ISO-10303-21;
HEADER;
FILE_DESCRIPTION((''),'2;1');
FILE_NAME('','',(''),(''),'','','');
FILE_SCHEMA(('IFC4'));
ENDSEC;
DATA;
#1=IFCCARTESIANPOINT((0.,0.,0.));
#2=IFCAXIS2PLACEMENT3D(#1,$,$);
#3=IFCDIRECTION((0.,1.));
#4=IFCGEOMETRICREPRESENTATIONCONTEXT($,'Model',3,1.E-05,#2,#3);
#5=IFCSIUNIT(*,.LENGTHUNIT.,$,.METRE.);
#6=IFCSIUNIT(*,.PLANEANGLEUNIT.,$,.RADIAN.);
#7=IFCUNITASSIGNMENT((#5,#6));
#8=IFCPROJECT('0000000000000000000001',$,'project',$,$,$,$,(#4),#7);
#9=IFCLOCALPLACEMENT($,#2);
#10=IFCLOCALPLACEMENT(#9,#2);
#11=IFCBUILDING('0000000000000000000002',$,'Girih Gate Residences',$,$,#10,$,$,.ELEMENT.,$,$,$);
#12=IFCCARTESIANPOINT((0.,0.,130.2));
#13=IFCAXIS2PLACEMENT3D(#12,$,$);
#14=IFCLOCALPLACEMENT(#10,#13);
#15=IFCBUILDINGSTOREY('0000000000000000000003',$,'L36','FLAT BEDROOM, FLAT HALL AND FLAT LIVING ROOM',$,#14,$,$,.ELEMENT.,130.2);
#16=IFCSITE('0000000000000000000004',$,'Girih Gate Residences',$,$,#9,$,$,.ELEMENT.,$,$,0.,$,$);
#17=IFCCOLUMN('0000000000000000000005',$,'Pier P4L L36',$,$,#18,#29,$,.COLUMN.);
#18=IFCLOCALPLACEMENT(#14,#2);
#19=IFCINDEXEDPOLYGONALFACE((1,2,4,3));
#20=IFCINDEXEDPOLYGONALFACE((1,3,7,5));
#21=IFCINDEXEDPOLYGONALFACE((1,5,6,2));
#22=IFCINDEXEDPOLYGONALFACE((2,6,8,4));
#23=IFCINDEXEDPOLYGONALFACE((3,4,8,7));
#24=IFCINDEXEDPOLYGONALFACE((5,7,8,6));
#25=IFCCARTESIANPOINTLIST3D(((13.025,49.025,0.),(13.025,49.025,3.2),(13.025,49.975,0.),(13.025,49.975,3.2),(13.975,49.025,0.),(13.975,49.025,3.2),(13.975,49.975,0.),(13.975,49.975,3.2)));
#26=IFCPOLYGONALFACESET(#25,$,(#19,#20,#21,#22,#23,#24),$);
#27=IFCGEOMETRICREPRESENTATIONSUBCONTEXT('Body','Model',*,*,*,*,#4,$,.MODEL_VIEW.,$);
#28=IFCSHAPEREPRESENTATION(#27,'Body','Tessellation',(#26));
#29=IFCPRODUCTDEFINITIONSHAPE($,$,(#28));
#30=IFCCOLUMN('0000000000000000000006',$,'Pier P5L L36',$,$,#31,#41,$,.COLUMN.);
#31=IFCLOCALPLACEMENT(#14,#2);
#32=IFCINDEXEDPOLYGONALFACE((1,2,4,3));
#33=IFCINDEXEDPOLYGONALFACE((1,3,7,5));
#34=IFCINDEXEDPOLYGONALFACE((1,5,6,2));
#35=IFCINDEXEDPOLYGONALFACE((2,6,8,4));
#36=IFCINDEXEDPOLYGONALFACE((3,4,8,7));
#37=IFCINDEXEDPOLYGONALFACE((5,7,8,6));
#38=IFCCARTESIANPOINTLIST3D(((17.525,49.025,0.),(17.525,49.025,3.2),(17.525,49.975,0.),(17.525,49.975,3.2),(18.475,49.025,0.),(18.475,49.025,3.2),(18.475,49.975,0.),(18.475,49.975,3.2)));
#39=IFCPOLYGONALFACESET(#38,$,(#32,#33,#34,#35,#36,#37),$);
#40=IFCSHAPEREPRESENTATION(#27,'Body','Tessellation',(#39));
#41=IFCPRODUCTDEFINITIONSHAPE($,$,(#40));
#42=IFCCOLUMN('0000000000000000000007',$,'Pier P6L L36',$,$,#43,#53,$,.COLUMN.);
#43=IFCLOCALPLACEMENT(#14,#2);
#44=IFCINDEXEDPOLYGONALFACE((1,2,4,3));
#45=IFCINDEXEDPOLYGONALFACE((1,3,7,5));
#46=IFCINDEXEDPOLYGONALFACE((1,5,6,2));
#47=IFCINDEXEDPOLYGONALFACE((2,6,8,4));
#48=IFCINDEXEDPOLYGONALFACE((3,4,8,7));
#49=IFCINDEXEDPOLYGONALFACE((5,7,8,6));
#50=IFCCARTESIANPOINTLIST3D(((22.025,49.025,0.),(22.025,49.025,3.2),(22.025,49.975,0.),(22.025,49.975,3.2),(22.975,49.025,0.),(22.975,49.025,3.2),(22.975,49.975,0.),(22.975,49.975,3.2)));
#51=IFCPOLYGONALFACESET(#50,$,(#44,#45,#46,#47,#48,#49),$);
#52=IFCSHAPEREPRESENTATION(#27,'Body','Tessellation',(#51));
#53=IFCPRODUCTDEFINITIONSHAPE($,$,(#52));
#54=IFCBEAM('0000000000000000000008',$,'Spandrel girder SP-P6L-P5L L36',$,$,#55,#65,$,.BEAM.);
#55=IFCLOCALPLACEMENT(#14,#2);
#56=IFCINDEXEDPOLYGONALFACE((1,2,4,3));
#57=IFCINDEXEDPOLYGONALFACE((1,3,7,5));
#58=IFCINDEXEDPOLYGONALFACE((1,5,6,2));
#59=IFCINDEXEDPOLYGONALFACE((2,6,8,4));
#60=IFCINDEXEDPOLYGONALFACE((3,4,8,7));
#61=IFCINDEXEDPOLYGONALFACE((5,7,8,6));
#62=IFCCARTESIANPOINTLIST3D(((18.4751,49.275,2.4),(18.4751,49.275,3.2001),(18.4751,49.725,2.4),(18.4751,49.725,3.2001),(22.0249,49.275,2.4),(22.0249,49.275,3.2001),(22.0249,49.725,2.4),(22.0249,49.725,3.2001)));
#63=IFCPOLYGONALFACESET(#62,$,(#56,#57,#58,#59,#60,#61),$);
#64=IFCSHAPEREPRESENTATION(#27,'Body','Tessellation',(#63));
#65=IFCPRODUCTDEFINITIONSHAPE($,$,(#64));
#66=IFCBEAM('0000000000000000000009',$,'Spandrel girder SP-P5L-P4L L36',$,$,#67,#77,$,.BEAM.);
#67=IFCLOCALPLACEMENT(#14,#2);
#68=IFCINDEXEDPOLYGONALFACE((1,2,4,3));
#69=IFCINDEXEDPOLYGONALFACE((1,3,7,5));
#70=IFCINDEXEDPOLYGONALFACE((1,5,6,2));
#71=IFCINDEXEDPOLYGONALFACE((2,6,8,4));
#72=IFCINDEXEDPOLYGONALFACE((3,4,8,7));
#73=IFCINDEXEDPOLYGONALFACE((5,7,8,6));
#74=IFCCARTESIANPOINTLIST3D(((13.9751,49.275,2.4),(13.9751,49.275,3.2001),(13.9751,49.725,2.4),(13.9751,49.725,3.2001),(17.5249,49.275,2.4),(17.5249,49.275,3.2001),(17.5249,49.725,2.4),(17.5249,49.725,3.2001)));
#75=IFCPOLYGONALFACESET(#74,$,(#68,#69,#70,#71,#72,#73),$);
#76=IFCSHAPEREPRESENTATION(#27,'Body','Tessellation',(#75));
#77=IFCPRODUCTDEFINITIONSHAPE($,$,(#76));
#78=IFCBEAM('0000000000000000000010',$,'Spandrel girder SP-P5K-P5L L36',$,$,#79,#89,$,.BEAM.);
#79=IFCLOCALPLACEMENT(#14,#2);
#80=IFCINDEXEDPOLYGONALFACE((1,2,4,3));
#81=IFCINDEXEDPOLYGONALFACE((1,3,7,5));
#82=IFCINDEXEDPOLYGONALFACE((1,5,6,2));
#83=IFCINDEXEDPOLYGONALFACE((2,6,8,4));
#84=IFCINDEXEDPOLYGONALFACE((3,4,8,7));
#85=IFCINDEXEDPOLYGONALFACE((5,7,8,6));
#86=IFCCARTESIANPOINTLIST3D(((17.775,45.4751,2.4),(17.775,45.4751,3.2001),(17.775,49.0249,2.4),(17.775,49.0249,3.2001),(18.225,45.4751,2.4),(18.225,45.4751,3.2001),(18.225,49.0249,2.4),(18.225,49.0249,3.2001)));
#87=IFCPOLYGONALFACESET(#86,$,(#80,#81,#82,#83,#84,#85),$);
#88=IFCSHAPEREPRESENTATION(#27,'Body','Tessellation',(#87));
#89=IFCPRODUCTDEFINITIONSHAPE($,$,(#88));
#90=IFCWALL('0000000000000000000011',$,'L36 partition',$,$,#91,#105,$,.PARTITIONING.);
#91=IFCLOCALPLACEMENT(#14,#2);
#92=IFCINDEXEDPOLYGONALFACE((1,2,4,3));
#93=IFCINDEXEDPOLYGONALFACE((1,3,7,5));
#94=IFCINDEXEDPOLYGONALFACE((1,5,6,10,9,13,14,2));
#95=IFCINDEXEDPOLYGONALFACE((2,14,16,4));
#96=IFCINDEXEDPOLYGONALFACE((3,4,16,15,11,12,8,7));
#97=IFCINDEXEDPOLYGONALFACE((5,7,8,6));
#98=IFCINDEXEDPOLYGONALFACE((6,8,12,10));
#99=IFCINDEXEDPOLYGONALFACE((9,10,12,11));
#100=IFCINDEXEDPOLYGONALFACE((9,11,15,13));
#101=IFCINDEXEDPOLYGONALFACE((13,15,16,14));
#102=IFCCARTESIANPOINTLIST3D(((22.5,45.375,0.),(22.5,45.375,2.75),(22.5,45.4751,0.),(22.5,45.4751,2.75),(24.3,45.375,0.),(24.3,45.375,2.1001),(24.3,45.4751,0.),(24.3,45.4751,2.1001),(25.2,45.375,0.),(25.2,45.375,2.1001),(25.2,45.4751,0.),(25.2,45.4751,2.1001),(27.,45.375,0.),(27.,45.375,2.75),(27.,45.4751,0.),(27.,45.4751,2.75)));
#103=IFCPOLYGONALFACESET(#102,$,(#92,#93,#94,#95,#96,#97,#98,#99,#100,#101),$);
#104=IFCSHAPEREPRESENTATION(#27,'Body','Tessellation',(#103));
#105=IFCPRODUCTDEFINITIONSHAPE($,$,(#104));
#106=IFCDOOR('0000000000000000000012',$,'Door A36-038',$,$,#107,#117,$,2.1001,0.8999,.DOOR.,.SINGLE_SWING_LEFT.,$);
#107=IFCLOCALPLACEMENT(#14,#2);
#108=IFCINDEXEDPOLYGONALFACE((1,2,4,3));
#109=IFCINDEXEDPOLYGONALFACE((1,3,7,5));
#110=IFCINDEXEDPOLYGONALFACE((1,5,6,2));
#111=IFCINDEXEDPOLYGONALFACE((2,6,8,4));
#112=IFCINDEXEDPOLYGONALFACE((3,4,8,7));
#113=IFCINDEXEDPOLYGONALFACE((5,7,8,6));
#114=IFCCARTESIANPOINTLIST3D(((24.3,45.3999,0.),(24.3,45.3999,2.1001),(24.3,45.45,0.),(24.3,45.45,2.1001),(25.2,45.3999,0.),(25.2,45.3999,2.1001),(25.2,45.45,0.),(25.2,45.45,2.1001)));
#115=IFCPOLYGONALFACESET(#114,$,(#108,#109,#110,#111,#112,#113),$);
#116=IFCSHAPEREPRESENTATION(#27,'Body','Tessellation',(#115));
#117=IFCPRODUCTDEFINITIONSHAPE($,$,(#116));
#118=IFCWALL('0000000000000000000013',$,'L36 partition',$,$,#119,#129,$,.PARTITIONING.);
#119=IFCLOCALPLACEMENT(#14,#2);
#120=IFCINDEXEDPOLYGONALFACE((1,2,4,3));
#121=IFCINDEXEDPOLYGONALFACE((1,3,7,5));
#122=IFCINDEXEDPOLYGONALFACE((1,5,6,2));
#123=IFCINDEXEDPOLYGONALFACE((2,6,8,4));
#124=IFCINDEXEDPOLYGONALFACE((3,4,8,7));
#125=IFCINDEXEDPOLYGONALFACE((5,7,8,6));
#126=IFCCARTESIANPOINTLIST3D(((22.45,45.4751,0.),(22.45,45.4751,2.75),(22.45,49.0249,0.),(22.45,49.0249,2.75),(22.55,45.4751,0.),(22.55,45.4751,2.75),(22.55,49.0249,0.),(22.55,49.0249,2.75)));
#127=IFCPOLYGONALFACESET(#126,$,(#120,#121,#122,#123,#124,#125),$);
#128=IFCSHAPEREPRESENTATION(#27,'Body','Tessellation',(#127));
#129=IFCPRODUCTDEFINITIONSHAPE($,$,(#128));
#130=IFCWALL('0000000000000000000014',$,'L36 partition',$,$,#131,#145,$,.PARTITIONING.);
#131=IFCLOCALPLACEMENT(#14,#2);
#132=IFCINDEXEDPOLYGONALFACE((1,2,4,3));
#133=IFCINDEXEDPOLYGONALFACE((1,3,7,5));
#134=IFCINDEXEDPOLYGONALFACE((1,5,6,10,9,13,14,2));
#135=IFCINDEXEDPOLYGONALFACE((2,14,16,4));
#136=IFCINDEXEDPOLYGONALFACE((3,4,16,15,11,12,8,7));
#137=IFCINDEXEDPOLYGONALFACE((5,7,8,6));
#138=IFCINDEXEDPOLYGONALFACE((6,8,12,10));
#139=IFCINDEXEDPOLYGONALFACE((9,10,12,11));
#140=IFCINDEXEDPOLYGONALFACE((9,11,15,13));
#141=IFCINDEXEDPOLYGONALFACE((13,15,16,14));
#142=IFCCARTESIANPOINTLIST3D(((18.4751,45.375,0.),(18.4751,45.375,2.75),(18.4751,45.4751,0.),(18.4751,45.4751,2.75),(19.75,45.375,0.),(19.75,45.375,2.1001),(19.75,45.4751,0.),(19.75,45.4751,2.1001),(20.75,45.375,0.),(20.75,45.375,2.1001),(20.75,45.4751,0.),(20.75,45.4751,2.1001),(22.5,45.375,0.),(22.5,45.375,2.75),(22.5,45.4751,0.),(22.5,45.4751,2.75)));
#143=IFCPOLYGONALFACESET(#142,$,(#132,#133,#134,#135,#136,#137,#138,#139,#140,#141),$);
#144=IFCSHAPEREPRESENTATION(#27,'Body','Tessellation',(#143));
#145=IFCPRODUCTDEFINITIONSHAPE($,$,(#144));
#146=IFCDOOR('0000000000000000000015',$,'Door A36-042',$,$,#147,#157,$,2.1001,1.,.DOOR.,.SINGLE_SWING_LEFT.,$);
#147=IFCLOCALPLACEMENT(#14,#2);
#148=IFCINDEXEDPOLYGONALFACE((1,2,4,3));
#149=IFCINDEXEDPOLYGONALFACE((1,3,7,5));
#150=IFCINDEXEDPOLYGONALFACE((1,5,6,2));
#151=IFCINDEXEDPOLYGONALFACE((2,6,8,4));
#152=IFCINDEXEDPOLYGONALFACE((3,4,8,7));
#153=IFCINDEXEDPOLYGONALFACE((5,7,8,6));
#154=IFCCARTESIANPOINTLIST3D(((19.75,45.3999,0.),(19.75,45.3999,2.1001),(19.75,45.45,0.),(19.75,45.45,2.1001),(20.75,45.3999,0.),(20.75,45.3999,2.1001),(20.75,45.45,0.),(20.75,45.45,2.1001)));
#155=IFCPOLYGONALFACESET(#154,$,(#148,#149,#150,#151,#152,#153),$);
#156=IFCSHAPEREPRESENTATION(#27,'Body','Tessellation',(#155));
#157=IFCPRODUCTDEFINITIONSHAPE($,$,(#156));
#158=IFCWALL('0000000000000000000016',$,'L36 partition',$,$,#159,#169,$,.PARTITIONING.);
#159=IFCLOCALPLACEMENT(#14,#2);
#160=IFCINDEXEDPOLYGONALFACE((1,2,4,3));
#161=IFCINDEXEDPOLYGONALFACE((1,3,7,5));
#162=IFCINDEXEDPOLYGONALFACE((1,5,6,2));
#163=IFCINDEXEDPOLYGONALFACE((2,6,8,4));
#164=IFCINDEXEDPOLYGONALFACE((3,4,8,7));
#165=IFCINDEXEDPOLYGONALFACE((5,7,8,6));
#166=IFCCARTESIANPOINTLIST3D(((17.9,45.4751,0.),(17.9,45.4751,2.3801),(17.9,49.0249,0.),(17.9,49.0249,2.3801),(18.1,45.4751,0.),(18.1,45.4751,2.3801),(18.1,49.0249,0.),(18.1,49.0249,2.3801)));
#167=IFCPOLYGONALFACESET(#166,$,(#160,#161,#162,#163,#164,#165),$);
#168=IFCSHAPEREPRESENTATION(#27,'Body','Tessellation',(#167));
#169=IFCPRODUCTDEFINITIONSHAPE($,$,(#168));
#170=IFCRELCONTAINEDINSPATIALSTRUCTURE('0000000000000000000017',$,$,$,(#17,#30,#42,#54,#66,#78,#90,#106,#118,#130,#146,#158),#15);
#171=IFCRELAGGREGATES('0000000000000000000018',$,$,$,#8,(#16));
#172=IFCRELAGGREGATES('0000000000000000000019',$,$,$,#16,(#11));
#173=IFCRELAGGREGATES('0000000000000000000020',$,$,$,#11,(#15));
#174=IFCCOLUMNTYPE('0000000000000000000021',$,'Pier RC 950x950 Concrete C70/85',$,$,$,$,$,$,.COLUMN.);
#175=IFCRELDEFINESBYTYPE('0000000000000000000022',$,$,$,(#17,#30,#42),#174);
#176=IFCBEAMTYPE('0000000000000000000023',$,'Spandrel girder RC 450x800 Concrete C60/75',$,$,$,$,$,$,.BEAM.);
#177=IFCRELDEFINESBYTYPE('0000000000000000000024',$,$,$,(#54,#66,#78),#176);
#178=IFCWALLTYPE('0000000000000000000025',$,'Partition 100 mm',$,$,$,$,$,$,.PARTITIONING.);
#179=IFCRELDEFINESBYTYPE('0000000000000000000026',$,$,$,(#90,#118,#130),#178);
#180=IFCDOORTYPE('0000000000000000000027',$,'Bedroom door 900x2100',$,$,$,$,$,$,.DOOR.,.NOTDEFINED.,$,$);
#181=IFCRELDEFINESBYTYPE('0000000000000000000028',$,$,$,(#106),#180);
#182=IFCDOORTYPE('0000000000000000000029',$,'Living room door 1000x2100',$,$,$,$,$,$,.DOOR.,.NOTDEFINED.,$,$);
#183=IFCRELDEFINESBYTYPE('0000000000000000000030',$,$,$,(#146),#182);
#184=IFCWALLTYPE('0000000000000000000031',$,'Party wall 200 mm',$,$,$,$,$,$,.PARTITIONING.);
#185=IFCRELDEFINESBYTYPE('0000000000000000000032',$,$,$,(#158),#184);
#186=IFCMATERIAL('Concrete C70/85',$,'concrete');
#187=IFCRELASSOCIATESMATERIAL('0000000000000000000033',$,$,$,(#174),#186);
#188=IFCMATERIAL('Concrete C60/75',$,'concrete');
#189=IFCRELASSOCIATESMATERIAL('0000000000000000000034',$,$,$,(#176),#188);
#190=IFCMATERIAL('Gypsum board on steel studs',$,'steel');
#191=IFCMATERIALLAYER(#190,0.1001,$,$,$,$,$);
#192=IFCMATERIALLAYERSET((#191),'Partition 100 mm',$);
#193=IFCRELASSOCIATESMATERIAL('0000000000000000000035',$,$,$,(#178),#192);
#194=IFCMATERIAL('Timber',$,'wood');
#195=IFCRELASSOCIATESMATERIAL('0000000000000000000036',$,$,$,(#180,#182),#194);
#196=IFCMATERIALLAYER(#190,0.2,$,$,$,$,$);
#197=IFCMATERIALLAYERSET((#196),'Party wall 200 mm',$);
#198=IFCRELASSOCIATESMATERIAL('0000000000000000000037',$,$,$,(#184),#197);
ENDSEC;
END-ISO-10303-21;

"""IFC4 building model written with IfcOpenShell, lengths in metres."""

from ifc_helpers import new_model, si_unit, direction, frame, frame_2d, origin, origin_2d, place, context, subcontext, project, spatial, rectangle, extrude, material, layer, layer_set, material_profile, profile_set, type_object, element, fill, save


model = new_model("IFC4")

# Units and contexts
model_context = context("Model", 3, precision=1e-05, world=origin(), true_north=direction((0.0, 1.0)))
body_context = subcontext(model_context, "Body", "Model", "MODEL_VIEW")
ifc_project = project(units=[si_unit("LENGTHUNIT", "METRE"), si_unit("PLANEANGLEUNIT", "RADIAN")], contexts=[model_context])

# Site, building, storey
site_placement = place(None, origin())
site = spatial("IfcSite", under=ifc_project, at=site_placement, Name="Girih Gate Residences", CompositionType="ELEMENT", RefElevation=0.0)
building_placement = place(site_placement, origin())
building = spatial("IfcBuilding", under=site, at=building_placement, Name="Girih Gate Residences", CompositionType="ELEMENT")
storey_placement = place(building_placement, frame((0.0, 0.0, 130.2)))
storey = spatial("IfcBuildingStorey", under=building, at=storey_placement, Name="L36", Description="FLAT BEDROOM, FLAT HALL AND FLAT LIVING ROOM", CompositionType="ELEMENT", Elevation=130.2)

# Columns
ifc_material_1 = material(Name="Concrete C70/85", Category="concrete")
ifc_material_profile_1 = material_profile(ifc_material_1, rectangle(XDim=0.95, YDim=0.95, at=origin_2d()))
ifc_profile_set_1 = profile_set([ifc_material_profile_1], Name="Concrete C70/85")
column_type = type_object("IfcColumnType", Name="Pier RC 950x950 Concrete C70/85", PredefinedType="COLUMN", material=ifc_profile_set_1)
for number, where, z_axis, x_axis, name in (
    (1, (13.5, 49.5, 0.0), (0.0, 0.0, 1.0), (1.0, 0.0, 0.0), "Pier P4L L36"),
    (2, (18.0, 49.5, 0.0), (0.0, 0.0, 1.0), (1.0, 0.0, 0.0), "Pier P5L L36"),
    (3, (22.5, 49.5, 0.0), (0.0, 0.0, 1.0), (1.0, 0.0, 0.0), "Pier P6L L36"),
):
    element("IfcColumn", number, at=place(storey_placement, frame(where, z_axis=z_axis, x_axis=x_axis)), inside=storey, type_object=column_type, Name=name, PredefinedType="COLUMN", context=body_context, shape_type="SweptSolid", body=[
        extrude(rectangle(XDim=0.95, YDim=0.95, at=origin_2d()), origin(), (0.0, 0.0, 1.0), 3.2),
    ])

# Beams
ifc_material_2 = material(Name="Concrete C60/75", Category="concrete")
ifc_material_profile_2 = material_profile(ifc_material_2, rectangle(XDim=0.45, YDim=0.8, at=origin_2d()))
ifc_profile_set_2 = profile_set([ifc_material_profile_2], Name="Concrete C60/75")
beam_type = type_object("IfcBeamType", Name="Spandrel girder RC 450x800 Concrete C60/75", PredefinedType="BEAM", material=ifc_profile_set_2)
for number, where, z_axis, x_axis, name in (
    (4, (22.0249, 49.5, 2.8), (-1.0, 0.0, 0.0), (0.0, -1.0, 0.0), "Spandrel girder SP-P6L-P5L L36"),
    (5, (17.5249, 49.5, 2.8), (-1.0, 0.0, 0.0), (0.0, -1.0, 0.0), "Spandrel girder SP-P5L-P4L L36"),
    (6, (18.0, 45.4751, 2.8), (0.0, 1.0, 0.0), (-1.0, 0.0, 0.0), "Spandrel girder SP-P5K-P5L L36"),
):
    element("IfcBeam", number, at=place(storey_placement, frame(where, z_axis=z_axis, x_axis=x_axis)), inside=storey, type_object=beam_type, Name=name, PredefinedType="BEAM", context=body_context, shape_type="SweptSolid", body=[
        extrude(rectangle(XDim=0.45, YDim=0.8, at=origin_2d()), origin(), (0.0, 0.0, 1.0), 3.5498),
    ])

# Wall, opening, door
ifc_material_3 = material(Name="Gypsum board on steel studs", Category="steel")
ifc_layer_1 = layer(ifc_material_3, 0.1001)
ifc_layer_set_1 = layer_set([ifc_layer_1], Name="Partition 100 mm")
wall_type_1 = type_object("IfcWallType", Name="Partition 100 mm", PredefinedType="PARTITIONING", material=ifc_layer_set_1)
wall_1_placement = place(storey_placement, frame((22.5, 45.425, 0.0), z_axis=(0.0, 0.0, 1.0), x_axis=(1.0, 0.0, 0.0)))
wall_1 = element("IfcWall", 7, at=wall_1_placement, inside=storey, type_object=wall_type_1, Name="L36 partition", PredefinedType="PARTITIONING", context=body_context, shape_type="SweptSolid", body=[
    extrude(rectangle(XDim=4.5, YDim=0.1001, at=frame_2d((2.25, 0.0))), origin(), (0.0, 0.0, 1.0), 2.75),
])
opening_1_placement = place(wall_1_placement, frame((1.8, 0.0, 0.0)))
opening_1 = element("IfcOpeningElement", 8, at=opening_1_placement, cuts=wall_1, PredefinedType="OPENING", context=body_context, shape_type="SweptSolid", body=[
    extrude(rectangle(XDim=0.8999, YDim=2.1001, at=frame_2d((0.45, 1.05))), frame((0.0, 0.0601, 0.0), z_axis=(0.0, -1.0, 0.0), x_axis=(1.0, 0.0, 0.0)), (0.0, 0.0, 1.0), 0.1201),
])
ifc_material_4 = material(Name="Timber", Category="wood")
door_type_1 = type_object("IfcDoorType", Name="Bedroom door 900x2100", OperationType="NOTDEFINED", PredefinedType="DOOR", material=ifc_material_4)
door_1_placement = place(opening_1_placement, origin())
door_1 = element("IfcDoor", 9, at=door_1_placement, inside=storey, type_object=door_type_1, Name="Door A36-038", OperationType="SINGLE_SWING_LEFT", OverallHeight=2.1001, OverallWidth=0.8999, PredefinedType="DOOR", context=body_context, shape_type="SweptSolid", body=[
    extrude(rectangle(XDim=0.8999, YDim=2.1001, at=frame_2d((0.45, 1.05))), frame((0.0, 0.0249, 0.0), z_axis=(0.0, -1.0, 0.0), x_axis=(1.0, 0.0, 0.0)), (0.0, 0.0, 1.0), 0.05),
])
fill(opening_1, door_1)

# Wall
wall_2_placement = place(storey_placement, frame((22.5, 45.4751, 0.0), z_axis=(0.0, 0.0, 1.0), x_axis=(0.0, 1.0, 0.0)))
element("IfcWall", 10, at=wall_2_placement, inside=storey, type_object=wall_type_1, Name="L36 partition", PredefinedType="PARTITIONING", context=body_context, shape_type="SweptSolid", body=[
    extrude(rectangle(XDim=3.5498, YDim=0.1001, at=frame_2d((1.7749, 0.0))), origin(), (0.0, 0.0, 1.0), 2.75),
])

# Wall, opening, door
wall_3_placement = place(storey_placement, frame((18.4751, 45.425, 0.0), z_axis=(0.0, 0.0, 1.0), x_axis=(1.0, 0.0, 0.0)))
wall_3 = element("IfcWall", 11, at=wall_3_placement, inside=storey, type_object=wall_type_1, Name="L36 partition", PredefinedType="PARTITIONING", context=body_context, shape_type="SweptSolid", body=[
    extrude(rectangle(XDim=4.0249, YDim=0.1001, at=frame_2d((2.0125, 0.0))), origin(), (0.0, 0.0, 1.0), 2.75),
])
opening_2_placement = place(wall_3_placement, frame((1.2749, 0.0, 0.0)))
opening_2 = element("IfcOpeningElement", 12, at=opening_2_placement, cuts=wall_3, PredefinedType="OPENING", context=body_context, shape_type="SweptSolid", body=[
    extrude(rectangle(XDim=1.0, YDim=2.1001, at=frame_2d((0.5, 1.05))), frame((0.0, 0.0601, 0.0), z_axis=(0.0, -1.0, 0.0), x_axis=(1.0, 0.0, 0.0)), (0.0, 0.0, 1.0), 0.1201),
])
door_type_2 = type_object("IfcDoorType", Name="Living room door 1000x2100", OperationType="NOTDEFINED", PredefinedType="DOOR", material=ifc_material_4)
door_2_placement = place(opening_2_placement, origin())
door_2 = element("IfcDoor", 13, at=door_2_placement, inside=storey, type_object=door_type_2, Name="Door A36-042", OperationType="SINGLE_SWING_LEFT", OverallHeight=2.1001, OverallWidth=1.0, PredefinedType="DOOR", context=body_context, shape_type="SweptSolid", body=[
    extrude(rectangle(XDim=1.0, YDim=2.1001, at=frame_2d((0.5, 1.05))), frame((0.0, 0.0249, 0.0), z_axis=(0.0, -1.0, 0.0), x_axis=(1.0, 0.0, 0.0)), (0.0, 0.0, 1.0), 0.05),
])
fill(opening_2, door_2)

# Wall
ifc_layer_2 = layer(ifc_material_3, 0.2)
ifc_layer_set_2 = layer_set([ifc_layer_2], Name="Party wall 200 mm")
wall_type_2 = type_object("IfcWallType", Name="Party wall 200 mm", PredefinedType="PARTITIONING", material=ifc_layer_set_2)
wall_4_placement = place(storey_placement, frame((18.0, 45.4751, 0.0), z_axis=(0.0, 0.0, 1.0), x_axis=(0.0, 1.0, 0.0)))
element("IfcWall", 14, at=wall_4_placement, inside=storey, type_object=wall_type_2, Name="L36 partition", PredefinedType="PARTITIONING", context=body_context, shape_type="SweptSolid", body=[
    extrude(rectangle(XDim=3.5498, YDim=0.2, at=frame_2d((1.7749, 0.0))), origin(), (0.0, 0.0, 1.0), 2.3801),
])

save(model, "model.ifc")
